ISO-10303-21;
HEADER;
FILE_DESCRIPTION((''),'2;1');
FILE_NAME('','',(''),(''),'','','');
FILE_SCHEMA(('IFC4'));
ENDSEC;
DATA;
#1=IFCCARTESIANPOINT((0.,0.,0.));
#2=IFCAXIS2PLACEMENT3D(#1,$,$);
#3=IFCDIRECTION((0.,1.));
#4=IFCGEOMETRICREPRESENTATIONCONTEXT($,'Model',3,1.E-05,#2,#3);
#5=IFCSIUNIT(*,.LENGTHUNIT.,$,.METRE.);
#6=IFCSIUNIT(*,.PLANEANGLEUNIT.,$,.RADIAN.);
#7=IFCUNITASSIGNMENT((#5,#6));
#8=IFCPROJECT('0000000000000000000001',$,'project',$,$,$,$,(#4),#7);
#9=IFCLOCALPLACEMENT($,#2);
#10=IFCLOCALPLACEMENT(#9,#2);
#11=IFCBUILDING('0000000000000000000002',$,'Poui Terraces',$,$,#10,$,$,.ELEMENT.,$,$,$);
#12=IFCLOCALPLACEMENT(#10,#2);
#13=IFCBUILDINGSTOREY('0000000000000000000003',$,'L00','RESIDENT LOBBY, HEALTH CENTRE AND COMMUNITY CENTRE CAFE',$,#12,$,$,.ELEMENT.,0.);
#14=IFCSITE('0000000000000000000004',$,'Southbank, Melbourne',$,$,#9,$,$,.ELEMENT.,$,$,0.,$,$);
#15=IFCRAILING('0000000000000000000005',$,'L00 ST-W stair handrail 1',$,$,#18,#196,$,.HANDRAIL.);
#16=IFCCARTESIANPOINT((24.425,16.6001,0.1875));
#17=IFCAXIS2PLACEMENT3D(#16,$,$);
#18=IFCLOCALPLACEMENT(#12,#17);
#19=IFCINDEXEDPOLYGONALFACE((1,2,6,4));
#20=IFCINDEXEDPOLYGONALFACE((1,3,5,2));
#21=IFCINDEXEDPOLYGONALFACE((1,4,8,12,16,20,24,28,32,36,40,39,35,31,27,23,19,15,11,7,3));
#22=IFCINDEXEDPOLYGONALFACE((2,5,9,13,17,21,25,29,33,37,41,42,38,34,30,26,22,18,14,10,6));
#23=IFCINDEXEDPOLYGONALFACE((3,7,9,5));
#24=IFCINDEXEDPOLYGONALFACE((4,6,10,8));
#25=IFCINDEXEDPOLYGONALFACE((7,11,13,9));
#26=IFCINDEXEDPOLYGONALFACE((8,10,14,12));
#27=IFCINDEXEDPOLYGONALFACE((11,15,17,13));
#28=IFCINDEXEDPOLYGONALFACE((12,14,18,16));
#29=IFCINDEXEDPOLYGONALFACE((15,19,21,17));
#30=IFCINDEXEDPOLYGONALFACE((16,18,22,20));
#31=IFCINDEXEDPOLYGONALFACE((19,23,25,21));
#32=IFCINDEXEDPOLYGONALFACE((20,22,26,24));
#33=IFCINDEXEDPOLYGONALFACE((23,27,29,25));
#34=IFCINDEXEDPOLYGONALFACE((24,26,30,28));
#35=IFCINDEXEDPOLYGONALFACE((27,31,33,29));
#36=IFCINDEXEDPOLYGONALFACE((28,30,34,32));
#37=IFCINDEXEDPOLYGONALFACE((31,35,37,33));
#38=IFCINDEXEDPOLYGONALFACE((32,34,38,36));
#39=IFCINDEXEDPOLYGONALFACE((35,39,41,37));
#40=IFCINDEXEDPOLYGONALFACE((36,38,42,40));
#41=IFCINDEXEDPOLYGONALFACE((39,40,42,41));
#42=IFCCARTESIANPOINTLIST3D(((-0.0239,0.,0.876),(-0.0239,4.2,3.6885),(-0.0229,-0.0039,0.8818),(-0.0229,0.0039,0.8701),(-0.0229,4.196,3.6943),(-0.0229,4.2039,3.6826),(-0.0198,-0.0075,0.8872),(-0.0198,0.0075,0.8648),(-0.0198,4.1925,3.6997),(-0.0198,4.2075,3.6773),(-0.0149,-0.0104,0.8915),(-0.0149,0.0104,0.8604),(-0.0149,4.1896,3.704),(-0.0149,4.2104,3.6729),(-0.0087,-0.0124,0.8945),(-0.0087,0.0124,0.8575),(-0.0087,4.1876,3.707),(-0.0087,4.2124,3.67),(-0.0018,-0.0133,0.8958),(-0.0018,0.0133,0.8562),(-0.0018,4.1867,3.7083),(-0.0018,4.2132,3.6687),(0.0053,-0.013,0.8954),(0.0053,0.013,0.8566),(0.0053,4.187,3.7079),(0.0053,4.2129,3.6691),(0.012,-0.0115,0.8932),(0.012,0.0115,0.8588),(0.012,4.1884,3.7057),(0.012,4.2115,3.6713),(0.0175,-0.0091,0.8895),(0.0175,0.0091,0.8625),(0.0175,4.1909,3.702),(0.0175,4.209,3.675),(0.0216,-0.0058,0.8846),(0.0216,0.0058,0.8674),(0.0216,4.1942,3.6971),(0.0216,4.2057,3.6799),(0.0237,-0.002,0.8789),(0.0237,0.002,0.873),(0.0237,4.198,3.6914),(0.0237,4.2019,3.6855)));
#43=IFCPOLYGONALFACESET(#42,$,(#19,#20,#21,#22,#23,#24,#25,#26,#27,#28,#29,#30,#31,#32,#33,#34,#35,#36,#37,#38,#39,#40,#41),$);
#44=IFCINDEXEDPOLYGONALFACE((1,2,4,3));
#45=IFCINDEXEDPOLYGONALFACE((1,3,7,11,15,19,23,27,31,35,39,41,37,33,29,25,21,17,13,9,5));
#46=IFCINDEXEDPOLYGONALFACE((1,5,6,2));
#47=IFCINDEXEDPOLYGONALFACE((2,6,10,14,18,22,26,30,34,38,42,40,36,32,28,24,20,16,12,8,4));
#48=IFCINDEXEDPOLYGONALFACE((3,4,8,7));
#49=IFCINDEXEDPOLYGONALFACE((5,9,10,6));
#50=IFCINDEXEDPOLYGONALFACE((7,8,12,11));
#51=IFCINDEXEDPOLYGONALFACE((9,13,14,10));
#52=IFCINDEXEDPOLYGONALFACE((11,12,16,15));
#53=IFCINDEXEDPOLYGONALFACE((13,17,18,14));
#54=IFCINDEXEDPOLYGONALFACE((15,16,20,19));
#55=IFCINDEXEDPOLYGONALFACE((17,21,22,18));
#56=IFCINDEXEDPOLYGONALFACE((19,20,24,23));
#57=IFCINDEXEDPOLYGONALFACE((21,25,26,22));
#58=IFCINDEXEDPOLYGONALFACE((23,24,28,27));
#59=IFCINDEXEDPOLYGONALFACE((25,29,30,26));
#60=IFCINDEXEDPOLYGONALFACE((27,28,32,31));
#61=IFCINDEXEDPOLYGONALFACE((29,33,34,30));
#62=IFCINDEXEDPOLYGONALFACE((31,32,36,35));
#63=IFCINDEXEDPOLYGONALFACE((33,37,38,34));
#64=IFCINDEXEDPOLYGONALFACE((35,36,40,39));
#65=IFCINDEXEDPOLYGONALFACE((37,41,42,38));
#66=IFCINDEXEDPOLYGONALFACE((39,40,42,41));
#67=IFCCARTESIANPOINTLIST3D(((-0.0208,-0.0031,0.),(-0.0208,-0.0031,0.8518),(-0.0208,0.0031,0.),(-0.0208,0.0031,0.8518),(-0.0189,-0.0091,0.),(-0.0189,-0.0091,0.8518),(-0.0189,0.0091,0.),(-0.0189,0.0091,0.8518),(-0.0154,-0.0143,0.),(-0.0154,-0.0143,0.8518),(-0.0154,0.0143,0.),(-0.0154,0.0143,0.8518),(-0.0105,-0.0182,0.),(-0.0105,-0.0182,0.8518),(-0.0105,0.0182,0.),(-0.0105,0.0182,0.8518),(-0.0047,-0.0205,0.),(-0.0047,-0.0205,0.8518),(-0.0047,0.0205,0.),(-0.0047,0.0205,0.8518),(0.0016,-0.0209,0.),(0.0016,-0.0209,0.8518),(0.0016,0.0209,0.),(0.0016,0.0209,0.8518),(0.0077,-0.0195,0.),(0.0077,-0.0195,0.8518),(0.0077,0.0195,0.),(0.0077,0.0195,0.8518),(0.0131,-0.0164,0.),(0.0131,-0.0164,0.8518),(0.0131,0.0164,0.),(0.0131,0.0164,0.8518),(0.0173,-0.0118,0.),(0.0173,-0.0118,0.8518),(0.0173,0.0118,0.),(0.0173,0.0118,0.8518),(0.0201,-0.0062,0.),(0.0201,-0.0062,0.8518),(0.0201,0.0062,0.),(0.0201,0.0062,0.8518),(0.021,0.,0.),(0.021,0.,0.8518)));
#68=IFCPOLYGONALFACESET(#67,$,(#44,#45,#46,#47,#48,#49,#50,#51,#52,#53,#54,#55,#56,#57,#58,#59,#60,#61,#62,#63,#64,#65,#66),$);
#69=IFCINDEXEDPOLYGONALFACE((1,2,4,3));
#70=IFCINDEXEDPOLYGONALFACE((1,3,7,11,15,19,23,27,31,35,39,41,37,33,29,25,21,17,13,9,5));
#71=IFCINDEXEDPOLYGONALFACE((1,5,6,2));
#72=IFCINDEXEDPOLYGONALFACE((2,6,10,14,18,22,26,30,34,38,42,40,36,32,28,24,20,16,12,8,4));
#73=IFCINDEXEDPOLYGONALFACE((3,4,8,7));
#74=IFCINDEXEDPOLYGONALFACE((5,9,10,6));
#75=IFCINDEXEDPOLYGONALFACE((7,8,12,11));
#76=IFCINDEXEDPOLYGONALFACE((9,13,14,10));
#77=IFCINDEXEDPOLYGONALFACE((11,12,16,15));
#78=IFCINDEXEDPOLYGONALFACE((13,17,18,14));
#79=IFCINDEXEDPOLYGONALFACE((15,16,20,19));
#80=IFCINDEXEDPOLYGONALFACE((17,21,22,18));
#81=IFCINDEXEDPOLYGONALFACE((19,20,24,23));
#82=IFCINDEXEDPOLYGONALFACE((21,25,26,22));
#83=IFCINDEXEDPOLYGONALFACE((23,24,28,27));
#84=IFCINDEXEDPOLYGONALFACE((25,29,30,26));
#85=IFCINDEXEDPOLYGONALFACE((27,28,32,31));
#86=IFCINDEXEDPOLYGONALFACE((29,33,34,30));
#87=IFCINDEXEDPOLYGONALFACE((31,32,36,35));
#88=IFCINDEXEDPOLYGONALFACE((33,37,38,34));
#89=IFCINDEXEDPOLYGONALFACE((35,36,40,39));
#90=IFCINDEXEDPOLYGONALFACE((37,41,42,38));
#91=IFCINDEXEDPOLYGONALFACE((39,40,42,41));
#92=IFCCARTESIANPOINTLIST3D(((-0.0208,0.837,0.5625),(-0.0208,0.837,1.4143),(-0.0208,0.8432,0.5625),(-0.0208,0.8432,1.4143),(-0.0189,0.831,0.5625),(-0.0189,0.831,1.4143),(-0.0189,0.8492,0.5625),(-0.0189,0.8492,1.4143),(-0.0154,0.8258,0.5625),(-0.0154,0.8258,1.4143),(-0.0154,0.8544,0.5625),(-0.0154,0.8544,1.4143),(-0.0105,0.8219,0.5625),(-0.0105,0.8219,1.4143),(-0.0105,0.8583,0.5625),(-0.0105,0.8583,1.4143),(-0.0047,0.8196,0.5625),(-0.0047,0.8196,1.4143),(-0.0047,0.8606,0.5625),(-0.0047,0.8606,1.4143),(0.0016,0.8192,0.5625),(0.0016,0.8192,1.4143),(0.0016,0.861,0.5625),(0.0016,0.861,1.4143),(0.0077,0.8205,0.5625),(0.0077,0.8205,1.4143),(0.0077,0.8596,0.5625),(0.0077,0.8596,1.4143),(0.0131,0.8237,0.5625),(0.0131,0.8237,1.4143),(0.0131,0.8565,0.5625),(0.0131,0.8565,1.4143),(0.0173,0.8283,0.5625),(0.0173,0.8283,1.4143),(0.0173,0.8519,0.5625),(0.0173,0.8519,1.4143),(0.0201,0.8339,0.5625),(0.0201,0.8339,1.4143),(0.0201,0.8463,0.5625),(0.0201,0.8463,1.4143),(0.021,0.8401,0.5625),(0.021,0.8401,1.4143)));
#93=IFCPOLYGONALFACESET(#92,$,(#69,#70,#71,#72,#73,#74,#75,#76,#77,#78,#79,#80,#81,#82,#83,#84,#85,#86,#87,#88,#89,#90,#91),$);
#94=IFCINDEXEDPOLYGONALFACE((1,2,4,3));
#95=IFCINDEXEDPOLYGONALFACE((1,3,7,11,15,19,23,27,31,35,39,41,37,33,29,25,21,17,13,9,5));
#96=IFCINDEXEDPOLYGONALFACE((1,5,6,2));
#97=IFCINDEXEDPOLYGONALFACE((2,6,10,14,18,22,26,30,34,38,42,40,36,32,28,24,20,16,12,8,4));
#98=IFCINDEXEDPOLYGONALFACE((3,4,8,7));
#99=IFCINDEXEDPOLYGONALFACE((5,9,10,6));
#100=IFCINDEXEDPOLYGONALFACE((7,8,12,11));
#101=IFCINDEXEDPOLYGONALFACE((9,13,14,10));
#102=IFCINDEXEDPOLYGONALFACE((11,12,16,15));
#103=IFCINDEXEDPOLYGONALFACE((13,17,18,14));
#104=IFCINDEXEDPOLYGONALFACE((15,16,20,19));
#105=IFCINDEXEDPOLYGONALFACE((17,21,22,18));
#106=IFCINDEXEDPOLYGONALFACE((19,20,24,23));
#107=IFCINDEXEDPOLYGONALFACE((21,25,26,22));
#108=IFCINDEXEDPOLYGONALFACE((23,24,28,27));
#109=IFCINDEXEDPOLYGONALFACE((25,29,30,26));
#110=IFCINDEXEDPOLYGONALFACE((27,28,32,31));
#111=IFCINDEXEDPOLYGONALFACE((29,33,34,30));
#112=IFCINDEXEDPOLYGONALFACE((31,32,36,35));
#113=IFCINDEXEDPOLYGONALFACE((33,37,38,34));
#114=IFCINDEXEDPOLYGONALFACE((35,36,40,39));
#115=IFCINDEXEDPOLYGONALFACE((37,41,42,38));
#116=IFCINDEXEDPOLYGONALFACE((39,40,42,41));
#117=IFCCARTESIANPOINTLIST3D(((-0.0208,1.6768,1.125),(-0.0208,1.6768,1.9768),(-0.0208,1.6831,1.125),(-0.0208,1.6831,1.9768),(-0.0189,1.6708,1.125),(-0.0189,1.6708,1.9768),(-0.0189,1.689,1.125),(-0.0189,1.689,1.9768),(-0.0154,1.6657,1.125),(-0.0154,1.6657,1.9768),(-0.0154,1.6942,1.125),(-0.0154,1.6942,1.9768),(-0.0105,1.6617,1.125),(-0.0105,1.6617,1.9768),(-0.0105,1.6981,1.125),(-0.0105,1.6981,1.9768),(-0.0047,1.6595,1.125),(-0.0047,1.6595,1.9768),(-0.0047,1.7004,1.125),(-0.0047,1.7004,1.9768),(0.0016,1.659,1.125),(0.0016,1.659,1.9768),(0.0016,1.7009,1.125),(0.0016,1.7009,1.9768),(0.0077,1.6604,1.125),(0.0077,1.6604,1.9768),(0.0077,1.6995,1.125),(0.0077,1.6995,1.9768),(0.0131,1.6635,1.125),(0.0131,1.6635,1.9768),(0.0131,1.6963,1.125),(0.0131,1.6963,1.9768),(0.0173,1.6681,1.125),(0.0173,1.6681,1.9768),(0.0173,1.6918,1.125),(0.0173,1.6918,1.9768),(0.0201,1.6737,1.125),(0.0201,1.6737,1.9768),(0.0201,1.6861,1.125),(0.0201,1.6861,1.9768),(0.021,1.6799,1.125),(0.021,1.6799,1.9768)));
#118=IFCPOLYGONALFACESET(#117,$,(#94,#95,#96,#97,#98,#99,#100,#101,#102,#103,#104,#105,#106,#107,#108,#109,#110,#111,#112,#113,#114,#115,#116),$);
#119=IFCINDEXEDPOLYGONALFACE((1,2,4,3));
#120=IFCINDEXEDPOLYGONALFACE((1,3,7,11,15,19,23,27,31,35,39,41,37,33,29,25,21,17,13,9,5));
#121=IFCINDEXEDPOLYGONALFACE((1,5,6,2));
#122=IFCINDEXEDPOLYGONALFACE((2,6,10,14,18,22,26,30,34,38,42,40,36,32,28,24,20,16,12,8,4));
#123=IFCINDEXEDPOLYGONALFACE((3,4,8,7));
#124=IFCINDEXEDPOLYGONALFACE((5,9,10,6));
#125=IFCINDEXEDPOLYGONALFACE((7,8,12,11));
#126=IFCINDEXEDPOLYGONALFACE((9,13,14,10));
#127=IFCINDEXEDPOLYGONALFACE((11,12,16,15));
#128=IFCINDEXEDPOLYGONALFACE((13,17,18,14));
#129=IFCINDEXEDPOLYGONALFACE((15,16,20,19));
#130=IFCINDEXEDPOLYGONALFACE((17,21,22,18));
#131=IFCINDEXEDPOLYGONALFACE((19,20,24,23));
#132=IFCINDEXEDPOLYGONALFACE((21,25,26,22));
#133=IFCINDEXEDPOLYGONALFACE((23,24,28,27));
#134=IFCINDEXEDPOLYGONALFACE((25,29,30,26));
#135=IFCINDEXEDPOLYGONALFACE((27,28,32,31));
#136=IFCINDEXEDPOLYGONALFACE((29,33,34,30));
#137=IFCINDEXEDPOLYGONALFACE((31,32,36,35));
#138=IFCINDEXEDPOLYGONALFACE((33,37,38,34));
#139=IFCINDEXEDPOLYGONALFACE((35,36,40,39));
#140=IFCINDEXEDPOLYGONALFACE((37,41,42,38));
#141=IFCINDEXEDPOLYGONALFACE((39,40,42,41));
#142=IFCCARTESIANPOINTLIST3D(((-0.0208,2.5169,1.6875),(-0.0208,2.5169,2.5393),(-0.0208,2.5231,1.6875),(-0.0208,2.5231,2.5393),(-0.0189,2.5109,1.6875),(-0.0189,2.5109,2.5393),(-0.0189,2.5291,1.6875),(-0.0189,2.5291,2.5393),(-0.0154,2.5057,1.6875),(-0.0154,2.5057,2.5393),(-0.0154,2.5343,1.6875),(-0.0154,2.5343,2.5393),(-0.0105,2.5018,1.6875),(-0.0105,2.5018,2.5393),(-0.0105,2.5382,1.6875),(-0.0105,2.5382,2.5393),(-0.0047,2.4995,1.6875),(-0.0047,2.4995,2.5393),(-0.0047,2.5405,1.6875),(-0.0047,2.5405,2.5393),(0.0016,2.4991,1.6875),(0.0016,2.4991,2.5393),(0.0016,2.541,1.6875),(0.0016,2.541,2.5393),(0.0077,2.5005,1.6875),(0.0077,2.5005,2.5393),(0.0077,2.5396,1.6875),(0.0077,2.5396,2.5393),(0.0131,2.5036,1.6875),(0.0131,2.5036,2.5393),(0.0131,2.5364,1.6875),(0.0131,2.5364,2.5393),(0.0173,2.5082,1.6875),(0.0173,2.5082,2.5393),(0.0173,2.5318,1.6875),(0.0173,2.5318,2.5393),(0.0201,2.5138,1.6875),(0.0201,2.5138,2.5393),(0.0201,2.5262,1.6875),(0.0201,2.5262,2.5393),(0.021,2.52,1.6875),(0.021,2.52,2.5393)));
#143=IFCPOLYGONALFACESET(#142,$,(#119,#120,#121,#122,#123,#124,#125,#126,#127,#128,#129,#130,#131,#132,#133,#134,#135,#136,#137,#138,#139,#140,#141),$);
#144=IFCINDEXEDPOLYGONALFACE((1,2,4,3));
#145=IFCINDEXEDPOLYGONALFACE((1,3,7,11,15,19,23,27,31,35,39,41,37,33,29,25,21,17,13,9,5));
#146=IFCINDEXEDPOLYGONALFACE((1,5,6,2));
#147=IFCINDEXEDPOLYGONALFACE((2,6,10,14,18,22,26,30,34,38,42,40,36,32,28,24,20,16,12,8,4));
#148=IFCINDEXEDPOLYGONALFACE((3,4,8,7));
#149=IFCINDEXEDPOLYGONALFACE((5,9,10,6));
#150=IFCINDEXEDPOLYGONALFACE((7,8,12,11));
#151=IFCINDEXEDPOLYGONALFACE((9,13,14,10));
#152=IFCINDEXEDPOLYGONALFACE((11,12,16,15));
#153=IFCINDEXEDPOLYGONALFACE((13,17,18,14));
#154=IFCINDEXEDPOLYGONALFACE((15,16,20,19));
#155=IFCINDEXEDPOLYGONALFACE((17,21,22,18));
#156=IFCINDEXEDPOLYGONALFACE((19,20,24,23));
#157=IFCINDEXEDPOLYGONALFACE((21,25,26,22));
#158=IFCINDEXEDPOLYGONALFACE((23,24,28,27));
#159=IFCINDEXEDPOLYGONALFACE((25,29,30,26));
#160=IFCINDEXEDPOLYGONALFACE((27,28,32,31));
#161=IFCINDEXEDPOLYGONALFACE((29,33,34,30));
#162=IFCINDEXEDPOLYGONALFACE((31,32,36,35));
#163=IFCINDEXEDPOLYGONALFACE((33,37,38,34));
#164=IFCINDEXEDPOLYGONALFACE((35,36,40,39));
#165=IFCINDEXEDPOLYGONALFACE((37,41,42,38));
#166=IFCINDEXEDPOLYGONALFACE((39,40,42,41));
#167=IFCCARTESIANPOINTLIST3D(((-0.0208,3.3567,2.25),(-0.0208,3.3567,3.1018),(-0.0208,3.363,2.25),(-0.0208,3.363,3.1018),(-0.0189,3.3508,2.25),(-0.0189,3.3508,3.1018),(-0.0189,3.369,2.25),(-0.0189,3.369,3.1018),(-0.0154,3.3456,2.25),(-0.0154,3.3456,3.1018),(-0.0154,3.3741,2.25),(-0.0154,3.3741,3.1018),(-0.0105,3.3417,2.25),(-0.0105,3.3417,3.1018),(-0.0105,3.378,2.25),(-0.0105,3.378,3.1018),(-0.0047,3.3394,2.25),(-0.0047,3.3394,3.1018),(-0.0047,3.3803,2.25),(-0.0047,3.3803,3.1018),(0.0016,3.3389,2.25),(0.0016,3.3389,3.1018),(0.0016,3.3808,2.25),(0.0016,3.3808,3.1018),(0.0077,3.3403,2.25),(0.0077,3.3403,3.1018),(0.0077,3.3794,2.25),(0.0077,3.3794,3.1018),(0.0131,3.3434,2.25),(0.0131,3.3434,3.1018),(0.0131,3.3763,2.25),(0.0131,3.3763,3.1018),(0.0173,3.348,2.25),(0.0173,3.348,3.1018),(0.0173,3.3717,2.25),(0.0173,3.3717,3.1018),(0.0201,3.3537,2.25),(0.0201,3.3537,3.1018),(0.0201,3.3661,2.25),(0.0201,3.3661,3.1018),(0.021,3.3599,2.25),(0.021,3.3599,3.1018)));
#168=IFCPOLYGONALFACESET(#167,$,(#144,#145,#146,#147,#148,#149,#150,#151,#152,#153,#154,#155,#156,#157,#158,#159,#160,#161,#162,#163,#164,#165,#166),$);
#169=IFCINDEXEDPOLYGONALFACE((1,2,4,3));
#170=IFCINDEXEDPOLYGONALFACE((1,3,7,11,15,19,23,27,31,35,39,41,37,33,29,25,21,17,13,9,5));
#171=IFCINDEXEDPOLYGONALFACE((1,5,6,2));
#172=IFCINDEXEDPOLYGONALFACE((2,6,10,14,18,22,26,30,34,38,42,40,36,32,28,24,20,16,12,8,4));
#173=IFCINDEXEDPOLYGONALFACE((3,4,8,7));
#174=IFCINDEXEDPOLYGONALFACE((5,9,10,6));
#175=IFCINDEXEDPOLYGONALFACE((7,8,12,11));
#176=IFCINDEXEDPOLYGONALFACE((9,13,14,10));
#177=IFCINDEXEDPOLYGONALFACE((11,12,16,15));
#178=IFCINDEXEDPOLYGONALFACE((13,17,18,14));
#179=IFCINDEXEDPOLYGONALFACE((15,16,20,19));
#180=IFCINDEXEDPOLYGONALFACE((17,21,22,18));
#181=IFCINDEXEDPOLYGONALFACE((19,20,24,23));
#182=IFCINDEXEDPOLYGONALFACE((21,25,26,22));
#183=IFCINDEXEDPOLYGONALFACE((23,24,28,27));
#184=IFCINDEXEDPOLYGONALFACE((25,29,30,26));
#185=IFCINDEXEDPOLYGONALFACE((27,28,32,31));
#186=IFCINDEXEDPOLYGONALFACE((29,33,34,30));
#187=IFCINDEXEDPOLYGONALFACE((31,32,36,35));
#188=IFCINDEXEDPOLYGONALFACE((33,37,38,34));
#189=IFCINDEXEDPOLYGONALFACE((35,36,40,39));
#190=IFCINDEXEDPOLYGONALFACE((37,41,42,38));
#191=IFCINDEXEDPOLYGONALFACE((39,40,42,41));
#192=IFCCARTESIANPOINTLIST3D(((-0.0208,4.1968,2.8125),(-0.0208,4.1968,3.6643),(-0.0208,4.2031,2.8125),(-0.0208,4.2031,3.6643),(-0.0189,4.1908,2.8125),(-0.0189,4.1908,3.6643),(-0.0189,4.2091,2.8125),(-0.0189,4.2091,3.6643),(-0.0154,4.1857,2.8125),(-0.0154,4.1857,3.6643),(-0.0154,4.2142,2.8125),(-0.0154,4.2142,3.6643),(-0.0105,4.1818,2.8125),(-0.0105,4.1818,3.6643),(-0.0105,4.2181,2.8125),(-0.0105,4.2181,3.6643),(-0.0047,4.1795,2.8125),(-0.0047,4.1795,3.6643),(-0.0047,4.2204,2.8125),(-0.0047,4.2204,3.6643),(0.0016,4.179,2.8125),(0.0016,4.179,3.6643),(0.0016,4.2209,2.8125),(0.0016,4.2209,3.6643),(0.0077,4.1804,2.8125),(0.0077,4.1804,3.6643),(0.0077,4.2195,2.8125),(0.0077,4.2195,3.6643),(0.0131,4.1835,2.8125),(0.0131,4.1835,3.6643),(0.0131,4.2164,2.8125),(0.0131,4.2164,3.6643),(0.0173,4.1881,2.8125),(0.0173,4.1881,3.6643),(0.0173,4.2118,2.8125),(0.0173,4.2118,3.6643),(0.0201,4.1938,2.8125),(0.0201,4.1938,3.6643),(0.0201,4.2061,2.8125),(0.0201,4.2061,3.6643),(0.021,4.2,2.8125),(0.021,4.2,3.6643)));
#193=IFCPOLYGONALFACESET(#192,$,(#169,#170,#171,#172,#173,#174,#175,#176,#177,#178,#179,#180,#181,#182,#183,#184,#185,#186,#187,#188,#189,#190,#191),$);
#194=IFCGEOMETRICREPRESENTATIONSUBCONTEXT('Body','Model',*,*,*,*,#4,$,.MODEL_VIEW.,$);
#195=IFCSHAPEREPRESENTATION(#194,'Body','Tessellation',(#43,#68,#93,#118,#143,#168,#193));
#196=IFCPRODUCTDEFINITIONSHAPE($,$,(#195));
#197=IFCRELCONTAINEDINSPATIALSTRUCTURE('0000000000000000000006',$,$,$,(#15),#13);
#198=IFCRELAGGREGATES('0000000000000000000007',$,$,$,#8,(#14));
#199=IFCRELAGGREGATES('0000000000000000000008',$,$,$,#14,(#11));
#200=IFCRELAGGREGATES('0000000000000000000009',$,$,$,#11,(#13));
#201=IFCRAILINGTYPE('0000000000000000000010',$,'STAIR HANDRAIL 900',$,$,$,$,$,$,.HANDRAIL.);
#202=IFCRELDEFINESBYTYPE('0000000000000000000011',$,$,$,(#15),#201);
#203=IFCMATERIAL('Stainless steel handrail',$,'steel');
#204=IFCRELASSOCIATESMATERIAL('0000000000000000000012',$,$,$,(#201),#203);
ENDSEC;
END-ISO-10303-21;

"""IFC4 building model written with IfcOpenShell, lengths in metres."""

from ifc_helpers import new_model, si_unit, direction, frame, origin, origin_2d, place, context, subcontext, project, spatial, circle, extrude, material, type_object, element, save


model = new_model("IFC4")

# Units and contexts
model_context = context("Model", 3, precision=1e-05, world=origin(), true_north=direction((0.0, 1.0)))
body_context = subcontext(model_context, "Body", "Model", "MODEL_VIEW")
ifc_project = project(units=[si_unit("LENGTHUNIT", "METRE"), si_unit("PLANEANGLEUNIT", "RADIAN")], contexts=[model_context])

# Site, building, storey
site_placement = place(None, origin())
site = spatial("IfcSite", under=ifc_project, at=site_placement, Name="Southbank, Melbourne", CompositionType="ELEMENT", RefElevation=0.0)
building_placement = place(site_placement, origin())
building = spatial("IfcBuilding", under=site, at=building_placement, Name="Poui Terraces", CompositionType="ELEMENT")
storey_placement = place(building_placement, origin())
storey = spatial("IfcBuildingStorey", under=building, at=storey_placement, Name="L00", Description="RESIDENT LOBBY, HEALTH CENTRE AND COMMUNITY CENTRE CAFE", CompositionType="ELEMENT", Elevation=0.0)

# Railing
ifc_material_1 = material(Name="Stainless steel handrail", Category="steel")
railing_type_1 = type_object("IfcRailingType", Name="STAIR HANDRAIL 900", PredefinedType="HANDRAIL", material=ifc_material_1)
railing_1_placement = place(storey_placement, frame((24.425, 16.6001, 0.1875)))
element("IfcRailing", 1, at=railing_1_placement, inside=storey, type_object=railing_type_1, Name="L00 ST-W stair handrail 1", PredefinedType="HANDRAIL", context=body_context, shape_type="SweptSolid", body=[
    extrude(circle(Radius=0.0239, at=origin_2d()), frame((0.0, 0.0, 0.876), z_axis=(0.0, 0.830904, 0.556416), x_axis=(-1.0, 0.0, 0.0)), (0.0, 0.0, 1.0), 5.0547),
    extrude(circle(Radius=0.021, at=origin_2d()), origin(), (0.0, 0.0, 1.0), 0.8518),
    extrude(circle(Radius=0.021, at=origin_2d()), frame((0.0, 0.8401, 0.5625)), (0.0, 0.0, 1.0), 0.8518),
    extrude(circle(Radius=0.021, at=origin_2d()), frame((0.0, 1.6799, 1.125)), (0.0, 0.0, 1.0), 0.8518),
    extrude(circle(Radius=0.021, at=origin_2d()), frame((0.0, 2.52, 1.6875)), (0.0, 0.0, 1.0), 0.8518),
    extrude(circle(Radius=0.021, at=origin_2d()), frame((0.0, 3.3599, 2.25)), (0.0, 0.0, 1.0), 0.8518),
    extrude(circle(Radius=0.021, at=origin_2d()), frame((0.0, 4.2, 2.8125)), (0.0, 0.0, 1.0), 0.8518),
])

save(model, "model.ifc")
